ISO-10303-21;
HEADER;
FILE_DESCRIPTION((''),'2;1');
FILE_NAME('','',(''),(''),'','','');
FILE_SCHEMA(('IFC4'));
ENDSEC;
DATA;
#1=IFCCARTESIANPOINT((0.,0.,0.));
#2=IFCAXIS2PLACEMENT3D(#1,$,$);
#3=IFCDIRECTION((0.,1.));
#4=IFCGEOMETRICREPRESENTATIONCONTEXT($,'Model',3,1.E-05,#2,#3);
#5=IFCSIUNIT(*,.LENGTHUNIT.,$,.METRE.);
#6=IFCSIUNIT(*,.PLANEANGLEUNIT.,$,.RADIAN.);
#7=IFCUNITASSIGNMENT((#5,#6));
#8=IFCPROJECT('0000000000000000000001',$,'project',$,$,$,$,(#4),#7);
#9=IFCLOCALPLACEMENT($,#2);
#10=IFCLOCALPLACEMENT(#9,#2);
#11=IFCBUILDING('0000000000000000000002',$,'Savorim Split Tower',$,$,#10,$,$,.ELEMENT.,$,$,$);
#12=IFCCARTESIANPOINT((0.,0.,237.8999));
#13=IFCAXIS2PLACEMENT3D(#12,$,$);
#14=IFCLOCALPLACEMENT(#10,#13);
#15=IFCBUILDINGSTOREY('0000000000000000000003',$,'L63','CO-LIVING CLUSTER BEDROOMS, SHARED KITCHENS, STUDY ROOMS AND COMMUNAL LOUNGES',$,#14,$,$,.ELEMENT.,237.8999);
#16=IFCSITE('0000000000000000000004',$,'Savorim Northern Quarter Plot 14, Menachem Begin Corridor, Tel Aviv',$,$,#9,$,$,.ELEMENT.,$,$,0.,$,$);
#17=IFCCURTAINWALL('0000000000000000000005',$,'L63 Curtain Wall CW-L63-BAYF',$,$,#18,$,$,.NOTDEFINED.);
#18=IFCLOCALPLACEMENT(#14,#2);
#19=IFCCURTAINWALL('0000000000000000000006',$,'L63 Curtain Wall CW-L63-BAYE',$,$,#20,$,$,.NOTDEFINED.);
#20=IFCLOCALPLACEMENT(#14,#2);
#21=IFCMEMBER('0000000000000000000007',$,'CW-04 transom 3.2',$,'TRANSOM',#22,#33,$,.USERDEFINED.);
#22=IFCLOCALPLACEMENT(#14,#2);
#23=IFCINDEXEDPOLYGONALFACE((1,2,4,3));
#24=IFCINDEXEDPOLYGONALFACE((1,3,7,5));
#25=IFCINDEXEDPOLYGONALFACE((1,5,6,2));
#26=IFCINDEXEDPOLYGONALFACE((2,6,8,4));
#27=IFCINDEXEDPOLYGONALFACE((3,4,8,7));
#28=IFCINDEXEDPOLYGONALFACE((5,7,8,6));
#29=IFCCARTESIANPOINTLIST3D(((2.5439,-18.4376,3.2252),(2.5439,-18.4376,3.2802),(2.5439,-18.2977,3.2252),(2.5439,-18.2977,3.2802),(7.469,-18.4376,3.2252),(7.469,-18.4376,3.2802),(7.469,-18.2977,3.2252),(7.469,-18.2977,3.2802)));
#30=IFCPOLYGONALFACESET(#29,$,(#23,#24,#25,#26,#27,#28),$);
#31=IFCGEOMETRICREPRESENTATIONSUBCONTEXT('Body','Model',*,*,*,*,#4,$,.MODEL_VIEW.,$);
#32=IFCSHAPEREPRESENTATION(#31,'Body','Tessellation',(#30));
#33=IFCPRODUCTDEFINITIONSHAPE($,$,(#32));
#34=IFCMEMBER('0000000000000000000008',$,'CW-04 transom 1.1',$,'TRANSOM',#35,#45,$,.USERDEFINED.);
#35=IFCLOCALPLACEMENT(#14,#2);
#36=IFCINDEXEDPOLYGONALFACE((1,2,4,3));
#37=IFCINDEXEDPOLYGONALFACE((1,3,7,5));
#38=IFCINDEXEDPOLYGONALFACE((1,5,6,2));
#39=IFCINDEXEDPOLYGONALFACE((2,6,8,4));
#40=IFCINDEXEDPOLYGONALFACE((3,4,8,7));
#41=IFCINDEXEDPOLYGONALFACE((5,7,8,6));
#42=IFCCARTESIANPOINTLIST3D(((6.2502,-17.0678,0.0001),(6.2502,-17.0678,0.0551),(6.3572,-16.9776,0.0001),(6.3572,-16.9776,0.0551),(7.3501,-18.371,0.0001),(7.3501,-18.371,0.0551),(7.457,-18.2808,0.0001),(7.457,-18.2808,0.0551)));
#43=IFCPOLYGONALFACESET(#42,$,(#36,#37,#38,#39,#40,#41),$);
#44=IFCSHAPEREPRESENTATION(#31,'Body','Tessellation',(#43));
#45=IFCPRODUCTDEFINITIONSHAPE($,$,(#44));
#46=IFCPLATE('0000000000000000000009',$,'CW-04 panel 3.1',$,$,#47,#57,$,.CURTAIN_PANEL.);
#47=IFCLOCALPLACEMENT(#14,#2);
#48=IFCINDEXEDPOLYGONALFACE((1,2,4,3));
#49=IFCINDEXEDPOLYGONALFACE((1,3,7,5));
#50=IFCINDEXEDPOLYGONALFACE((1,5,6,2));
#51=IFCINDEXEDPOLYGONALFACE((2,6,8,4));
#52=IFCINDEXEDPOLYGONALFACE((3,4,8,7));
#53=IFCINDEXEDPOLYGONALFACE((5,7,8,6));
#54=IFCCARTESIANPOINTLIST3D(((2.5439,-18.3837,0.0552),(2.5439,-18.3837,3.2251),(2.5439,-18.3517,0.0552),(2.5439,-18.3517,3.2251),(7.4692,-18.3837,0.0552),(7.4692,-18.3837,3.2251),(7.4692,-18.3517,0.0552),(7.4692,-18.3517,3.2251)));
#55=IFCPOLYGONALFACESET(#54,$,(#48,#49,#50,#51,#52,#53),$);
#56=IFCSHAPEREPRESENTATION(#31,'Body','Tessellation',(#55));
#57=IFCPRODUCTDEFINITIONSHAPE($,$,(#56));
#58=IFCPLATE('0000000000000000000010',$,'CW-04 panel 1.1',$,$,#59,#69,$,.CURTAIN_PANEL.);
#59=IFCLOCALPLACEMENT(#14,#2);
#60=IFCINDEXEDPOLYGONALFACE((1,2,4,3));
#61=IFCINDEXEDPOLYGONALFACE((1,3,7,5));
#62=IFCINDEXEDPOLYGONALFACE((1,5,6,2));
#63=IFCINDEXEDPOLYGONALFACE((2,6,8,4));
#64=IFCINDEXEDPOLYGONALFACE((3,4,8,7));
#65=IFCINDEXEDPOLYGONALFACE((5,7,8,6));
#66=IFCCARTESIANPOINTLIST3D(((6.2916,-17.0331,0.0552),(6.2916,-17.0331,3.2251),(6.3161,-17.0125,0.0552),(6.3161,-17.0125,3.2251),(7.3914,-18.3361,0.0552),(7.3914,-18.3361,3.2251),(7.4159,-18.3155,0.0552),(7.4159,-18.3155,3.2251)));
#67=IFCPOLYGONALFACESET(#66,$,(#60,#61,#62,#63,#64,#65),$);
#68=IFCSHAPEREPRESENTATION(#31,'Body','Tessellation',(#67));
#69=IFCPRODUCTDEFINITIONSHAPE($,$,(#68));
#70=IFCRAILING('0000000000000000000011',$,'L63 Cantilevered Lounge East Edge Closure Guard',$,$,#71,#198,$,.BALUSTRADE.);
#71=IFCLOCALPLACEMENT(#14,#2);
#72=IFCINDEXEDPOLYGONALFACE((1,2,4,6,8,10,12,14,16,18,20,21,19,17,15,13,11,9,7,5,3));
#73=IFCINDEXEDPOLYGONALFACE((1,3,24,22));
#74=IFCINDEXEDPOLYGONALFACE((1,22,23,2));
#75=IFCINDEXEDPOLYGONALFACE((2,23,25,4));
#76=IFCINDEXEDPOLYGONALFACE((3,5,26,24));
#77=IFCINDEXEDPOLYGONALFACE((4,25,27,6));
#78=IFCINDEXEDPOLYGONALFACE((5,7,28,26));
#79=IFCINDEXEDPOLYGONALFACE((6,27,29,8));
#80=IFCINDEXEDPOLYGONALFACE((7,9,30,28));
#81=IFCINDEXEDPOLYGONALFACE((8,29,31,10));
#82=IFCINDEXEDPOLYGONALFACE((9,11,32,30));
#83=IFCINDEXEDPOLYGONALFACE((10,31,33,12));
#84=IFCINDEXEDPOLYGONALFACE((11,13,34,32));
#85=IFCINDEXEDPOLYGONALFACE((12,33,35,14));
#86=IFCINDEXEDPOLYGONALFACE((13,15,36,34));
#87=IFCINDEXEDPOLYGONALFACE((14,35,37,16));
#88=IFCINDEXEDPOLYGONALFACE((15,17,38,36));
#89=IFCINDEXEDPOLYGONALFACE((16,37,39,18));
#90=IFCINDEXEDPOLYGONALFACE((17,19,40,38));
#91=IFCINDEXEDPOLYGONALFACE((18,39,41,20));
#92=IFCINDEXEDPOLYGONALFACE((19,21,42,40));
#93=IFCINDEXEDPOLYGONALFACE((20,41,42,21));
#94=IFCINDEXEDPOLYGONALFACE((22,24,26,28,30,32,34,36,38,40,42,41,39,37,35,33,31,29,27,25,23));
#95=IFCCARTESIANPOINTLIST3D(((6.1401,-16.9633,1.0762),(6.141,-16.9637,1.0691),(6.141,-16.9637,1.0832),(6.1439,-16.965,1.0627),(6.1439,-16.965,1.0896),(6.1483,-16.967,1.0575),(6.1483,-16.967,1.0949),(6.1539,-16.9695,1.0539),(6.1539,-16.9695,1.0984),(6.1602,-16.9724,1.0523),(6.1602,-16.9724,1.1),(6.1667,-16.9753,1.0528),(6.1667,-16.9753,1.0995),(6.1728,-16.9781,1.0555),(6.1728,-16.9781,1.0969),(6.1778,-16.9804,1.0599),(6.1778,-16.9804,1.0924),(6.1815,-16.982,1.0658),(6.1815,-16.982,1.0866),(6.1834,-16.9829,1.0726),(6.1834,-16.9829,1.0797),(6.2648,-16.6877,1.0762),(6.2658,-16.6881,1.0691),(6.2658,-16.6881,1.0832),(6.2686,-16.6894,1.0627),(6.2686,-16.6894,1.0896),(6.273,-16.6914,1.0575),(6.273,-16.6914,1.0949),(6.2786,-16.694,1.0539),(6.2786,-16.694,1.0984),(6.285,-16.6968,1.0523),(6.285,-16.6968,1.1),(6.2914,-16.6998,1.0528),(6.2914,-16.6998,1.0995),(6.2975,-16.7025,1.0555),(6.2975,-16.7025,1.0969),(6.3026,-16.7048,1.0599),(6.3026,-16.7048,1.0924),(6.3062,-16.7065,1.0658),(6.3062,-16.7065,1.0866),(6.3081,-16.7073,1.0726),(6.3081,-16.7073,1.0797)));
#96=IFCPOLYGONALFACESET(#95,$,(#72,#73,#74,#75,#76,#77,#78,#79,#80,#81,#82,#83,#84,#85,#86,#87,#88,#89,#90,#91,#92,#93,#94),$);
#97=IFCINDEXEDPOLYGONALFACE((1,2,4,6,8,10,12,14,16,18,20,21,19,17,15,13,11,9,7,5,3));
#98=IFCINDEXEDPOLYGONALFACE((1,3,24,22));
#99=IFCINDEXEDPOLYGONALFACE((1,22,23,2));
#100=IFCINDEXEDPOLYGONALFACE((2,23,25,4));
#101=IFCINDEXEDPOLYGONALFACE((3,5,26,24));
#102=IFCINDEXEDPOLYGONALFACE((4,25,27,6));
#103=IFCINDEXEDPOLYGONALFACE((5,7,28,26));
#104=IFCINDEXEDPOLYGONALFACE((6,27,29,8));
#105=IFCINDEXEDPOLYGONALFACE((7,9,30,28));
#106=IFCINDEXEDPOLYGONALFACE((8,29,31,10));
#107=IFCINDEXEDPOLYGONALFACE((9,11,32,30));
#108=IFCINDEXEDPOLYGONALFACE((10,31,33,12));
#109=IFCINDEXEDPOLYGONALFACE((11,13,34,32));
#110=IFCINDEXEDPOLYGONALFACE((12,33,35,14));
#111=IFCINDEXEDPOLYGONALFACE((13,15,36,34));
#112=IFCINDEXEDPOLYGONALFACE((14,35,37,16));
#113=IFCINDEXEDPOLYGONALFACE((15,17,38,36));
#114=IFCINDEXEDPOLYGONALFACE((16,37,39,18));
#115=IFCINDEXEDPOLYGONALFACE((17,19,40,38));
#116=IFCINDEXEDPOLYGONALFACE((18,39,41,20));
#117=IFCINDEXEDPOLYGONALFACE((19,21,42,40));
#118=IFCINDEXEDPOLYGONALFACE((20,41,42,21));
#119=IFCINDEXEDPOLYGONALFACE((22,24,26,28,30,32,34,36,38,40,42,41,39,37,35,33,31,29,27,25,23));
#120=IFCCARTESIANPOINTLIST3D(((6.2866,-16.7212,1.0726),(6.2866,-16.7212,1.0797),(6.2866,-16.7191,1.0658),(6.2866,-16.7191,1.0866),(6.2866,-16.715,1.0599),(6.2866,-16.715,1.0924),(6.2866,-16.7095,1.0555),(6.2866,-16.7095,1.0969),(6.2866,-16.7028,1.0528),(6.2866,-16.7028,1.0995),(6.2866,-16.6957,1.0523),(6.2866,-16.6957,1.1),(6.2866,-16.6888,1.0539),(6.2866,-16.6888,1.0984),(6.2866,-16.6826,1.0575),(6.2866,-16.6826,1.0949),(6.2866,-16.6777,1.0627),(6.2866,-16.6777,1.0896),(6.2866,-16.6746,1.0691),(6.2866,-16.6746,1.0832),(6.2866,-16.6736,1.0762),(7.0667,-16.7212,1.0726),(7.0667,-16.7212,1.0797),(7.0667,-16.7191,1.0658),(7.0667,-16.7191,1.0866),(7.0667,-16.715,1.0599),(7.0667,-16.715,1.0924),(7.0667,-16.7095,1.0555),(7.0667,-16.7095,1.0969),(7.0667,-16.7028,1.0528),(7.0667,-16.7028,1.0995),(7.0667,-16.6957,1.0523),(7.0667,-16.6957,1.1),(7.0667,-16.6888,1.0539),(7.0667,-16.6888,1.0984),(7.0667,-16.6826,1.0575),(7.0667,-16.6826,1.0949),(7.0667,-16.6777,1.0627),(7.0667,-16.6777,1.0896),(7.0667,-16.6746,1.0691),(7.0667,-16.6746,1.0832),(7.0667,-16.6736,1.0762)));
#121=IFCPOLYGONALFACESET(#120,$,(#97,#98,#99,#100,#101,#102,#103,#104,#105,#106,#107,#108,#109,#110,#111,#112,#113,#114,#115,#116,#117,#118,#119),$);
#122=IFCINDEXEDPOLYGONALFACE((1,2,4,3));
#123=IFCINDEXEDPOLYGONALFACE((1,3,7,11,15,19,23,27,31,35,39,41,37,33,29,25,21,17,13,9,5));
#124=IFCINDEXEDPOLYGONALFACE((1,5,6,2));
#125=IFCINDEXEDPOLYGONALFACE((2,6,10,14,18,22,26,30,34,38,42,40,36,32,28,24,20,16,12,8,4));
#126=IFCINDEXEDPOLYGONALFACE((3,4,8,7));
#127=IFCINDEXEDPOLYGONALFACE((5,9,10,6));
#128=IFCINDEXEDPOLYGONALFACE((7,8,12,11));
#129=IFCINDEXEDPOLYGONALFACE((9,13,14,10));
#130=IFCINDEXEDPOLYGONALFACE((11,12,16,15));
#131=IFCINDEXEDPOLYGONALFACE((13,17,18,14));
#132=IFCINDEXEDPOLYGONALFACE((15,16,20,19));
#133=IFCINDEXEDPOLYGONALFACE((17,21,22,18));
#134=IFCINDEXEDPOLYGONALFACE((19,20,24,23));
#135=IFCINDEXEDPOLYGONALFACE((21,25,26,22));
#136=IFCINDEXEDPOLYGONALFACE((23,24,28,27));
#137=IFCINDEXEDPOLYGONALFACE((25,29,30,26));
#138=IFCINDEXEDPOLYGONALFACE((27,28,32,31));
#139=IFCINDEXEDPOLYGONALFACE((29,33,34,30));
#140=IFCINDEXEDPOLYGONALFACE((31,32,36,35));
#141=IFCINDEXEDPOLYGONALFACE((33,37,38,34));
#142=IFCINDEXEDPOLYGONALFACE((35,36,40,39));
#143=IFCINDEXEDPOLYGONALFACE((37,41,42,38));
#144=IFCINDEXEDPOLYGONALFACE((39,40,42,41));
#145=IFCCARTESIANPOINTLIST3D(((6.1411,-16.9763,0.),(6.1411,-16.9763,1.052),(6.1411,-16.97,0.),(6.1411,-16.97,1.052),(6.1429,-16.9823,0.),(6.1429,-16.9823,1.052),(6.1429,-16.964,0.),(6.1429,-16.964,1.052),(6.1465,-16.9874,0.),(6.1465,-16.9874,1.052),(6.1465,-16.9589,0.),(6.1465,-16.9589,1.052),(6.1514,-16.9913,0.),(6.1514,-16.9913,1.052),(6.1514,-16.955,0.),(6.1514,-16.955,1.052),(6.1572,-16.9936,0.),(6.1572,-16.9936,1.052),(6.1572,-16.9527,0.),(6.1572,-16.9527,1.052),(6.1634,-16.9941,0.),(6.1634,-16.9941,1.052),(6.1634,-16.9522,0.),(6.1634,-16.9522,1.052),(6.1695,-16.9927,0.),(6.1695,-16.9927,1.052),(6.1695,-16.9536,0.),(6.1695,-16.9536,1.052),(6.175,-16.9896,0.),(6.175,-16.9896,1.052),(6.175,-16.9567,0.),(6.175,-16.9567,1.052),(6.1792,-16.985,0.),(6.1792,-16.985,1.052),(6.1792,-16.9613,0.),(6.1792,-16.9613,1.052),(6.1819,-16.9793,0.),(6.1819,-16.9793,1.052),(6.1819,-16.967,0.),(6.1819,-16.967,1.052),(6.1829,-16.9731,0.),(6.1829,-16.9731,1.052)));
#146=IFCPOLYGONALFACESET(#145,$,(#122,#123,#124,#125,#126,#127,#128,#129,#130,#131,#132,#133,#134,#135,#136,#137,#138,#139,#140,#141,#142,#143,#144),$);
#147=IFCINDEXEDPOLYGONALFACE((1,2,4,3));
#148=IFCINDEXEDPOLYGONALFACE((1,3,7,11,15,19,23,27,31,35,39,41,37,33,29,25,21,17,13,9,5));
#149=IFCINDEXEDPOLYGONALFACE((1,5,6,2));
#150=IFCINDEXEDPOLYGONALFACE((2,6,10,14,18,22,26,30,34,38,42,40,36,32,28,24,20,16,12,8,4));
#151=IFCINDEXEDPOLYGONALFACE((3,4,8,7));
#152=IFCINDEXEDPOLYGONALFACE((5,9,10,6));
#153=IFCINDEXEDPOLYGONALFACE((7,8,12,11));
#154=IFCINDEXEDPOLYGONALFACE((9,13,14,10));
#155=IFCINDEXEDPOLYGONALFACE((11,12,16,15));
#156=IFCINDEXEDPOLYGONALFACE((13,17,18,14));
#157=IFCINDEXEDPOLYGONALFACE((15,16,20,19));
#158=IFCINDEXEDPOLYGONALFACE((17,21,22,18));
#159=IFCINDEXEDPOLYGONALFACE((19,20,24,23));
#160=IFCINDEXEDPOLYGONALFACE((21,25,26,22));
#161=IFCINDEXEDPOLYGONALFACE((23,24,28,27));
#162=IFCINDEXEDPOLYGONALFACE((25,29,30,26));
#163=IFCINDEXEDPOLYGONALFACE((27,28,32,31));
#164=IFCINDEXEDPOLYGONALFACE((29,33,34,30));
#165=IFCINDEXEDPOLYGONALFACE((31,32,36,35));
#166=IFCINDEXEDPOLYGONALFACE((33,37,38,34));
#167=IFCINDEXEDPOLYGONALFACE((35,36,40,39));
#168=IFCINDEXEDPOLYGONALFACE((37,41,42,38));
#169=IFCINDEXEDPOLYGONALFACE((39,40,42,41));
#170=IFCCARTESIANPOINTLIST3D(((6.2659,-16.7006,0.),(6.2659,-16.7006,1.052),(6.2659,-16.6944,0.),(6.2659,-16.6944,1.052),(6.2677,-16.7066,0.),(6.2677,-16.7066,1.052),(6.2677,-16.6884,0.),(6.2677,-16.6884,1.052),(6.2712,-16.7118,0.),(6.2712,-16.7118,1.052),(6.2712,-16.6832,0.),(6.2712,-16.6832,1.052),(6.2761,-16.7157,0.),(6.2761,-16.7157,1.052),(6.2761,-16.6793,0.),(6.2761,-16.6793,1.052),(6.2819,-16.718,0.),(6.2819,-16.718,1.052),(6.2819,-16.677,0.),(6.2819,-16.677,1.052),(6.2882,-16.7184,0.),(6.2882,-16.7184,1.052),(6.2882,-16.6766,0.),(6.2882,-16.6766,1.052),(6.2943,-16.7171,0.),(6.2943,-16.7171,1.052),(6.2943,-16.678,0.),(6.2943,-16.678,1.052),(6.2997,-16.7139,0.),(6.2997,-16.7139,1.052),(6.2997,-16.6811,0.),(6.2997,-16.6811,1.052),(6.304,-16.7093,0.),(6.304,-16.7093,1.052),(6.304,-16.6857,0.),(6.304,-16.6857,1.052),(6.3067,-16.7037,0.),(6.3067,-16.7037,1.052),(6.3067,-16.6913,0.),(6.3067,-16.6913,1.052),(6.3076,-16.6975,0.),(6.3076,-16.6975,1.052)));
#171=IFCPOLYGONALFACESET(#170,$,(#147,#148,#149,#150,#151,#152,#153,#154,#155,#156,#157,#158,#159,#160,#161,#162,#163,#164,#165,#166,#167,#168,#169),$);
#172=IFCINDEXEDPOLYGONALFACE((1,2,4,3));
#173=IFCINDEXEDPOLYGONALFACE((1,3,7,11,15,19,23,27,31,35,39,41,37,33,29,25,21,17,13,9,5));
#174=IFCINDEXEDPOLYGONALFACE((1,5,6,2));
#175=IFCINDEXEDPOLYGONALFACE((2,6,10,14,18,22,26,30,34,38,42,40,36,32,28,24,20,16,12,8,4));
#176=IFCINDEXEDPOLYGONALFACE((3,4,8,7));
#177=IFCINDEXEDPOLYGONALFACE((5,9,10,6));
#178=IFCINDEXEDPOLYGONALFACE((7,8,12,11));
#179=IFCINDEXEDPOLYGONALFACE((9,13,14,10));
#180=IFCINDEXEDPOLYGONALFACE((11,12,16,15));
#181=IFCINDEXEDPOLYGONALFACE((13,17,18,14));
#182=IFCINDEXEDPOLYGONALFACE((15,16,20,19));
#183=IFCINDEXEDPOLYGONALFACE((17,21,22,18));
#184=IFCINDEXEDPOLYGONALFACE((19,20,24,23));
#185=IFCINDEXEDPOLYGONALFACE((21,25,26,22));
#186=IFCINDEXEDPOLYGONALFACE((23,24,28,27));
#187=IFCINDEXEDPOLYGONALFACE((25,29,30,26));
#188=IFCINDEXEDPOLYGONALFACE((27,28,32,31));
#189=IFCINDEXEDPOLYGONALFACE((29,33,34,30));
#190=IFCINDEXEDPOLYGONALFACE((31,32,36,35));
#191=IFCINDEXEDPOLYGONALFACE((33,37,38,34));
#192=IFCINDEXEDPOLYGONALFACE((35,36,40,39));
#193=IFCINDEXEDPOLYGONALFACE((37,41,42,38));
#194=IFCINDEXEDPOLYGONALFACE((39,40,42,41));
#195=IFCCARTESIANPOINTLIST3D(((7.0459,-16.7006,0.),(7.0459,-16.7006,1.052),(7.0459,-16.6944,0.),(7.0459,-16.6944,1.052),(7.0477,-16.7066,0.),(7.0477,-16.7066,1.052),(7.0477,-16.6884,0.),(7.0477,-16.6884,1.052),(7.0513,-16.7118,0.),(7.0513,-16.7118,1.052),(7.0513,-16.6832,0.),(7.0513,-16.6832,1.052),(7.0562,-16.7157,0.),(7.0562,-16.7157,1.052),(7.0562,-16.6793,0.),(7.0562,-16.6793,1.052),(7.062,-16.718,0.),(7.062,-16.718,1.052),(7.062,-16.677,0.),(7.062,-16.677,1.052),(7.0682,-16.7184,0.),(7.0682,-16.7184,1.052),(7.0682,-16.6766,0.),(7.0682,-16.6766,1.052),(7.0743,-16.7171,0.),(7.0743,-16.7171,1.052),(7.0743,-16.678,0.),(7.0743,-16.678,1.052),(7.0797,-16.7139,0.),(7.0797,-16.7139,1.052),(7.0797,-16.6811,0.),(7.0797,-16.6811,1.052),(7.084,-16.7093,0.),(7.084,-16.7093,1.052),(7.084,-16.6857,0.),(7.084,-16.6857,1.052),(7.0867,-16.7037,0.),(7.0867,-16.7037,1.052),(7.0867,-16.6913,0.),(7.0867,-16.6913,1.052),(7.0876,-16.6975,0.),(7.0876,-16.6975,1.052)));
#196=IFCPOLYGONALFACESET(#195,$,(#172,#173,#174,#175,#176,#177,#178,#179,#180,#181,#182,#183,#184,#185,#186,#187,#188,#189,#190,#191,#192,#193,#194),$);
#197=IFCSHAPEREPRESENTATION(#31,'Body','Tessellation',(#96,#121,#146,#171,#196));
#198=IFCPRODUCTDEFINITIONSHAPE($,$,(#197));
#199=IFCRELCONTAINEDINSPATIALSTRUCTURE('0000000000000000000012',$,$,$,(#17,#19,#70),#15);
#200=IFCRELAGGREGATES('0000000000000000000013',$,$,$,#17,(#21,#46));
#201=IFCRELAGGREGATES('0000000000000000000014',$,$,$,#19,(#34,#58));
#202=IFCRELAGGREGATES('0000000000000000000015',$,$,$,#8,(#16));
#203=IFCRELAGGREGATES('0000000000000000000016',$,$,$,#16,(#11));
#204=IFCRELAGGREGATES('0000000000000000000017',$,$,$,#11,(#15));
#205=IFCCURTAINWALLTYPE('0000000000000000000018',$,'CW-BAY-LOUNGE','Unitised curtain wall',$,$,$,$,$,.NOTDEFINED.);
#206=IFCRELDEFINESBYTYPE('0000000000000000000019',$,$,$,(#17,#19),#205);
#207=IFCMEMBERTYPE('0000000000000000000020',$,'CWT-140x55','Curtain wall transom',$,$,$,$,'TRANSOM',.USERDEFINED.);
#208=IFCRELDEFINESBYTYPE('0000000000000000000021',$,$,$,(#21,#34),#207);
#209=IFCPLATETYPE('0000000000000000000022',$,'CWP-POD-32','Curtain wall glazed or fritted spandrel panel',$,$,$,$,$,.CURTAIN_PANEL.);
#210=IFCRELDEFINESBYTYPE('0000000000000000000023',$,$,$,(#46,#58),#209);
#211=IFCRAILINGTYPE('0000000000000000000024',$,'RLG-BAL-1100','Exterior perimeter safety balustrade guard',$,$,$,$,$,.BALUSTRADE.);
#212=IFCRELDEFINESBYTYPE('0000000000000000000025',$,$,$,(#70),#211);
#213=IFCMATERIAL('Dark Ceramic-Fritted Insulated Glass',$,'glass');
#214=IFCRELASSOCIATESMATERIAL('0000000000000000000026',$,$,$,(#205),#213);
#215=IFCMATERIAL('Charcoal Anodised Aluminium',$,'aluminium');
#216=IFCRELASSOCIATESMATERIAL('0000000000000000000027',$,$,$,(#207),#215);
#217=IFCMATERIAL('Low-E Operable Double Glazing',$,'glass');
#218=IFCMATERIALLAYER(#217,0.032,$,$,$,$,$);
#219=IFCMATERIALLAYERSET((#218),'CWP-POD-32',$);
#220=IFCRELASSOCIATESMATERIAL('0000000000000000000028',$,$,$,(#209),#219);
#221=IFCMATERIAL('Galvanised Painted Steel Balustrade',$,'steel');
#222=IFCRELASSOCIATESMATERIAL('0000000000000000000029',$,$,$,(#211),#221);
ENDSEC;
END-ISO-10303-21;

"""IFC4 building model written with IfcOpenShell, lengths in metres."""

from ifc_helpers import new_model, si_unit, direction, frame, origin, origin_2d, place, context, subcontext, project, spatial, rectangle, circle, extrude, material, layer, layer_set, material_profile, profile_set, type_object, element, aggregate, save


model = new_model("IFC4")

# Units and contexts
model_context = context("Model", 3, precision=1e-05, world=origin(), true_north=direction((0.0, 1.0)))
body_context = subcontext(model_context, "Body", "Model", "MODEL_VIEW")
ifc_project = project(units=[si_unit("LENGTHUNIT", "METRE"), si_unit("PLANEANGLEUNIT", "RADIAN")], contexts=[model_context])

# Site, building, storey
site_placement = place(None, origin())
site = spatial("IfcSite", under=ifc_project, at=site_placement, Name="Savorim Northern Quarter Plot 14, Menachem Begin Corridor, Tel Aviv", CompositionType="ELEMENT", RefElevation=0.0)
building_placement = place(site_placement, origin())
building = spatial("IfcBuilding", under=site, at=building_placement, Name="Savorim Split Tower", CompositionType="ELEMENT")
storey_placement = place(building_placement, frame((0.0, 0.0, 237.8999)))
storey = spatial("IfcBuildingStorey", under=building, at=storey_placement, Name="L63", Description="CO-LIVING CLUSTER BEDROOMS, SHARED KITCHENS, STUDY ROOMS AND COMMUNAL LOUNGES", CompositionType="ELEMENT", Elevation=237.8999)

# Curtain walls
ifc_material_1 = material(Name="Dark Ceramic-Fritted Insulated Glass", Category="glass")
ifc_material_2 = material(Name="Charcoal Anodised Aluminium", Category="aluminium")
curtain_wall_type_1 = type_object("IfcCurtainWallType", Name="CW-BAY-LOUNGE", Description="Unitised curtain wall", PredefinedType="NOTDEFINED", material=ifc_material_1)
curtain_wall_1_placement = place(storey_placement, origin())
curtain_wall_1 = element("IfcCurtainWall", 1, at=curtain_wall_1_placement, inside=storey, type_object=curtain_wall_type_1, Name="L63 Curtain Wall CW-L63-BAYF", PredefinedType="NOTDEFINED")
curtain_wall_2_placement = place(storey_placement, origin())
curtain_wall_2 = element("IfcCurtainWall", 2, at=curtain_wall_2_placement, inside=storey, type_object=curtain_wall_type_1, Name="L63 Curtain Wall CW-L63-BAYE", PredefinedType="NOTDEFINED")

# Members
ifc_material_profile_1 = material_profile(ifc_material_2, rectangle(XDim=0.1399, YDim=0.0549, at=origin_2d()), Name="ALU-T 140x55")
ifc_profile_set_1 = profile_set([ifc_material_profile_1], Name="Charcoal Anodised Aluminium")
member_type_1 = type_object("IfcMemberType", Name="CWT-140x55", Description="Curtain wall transom", ElementType="TRANSOM", PredefinedType="USERDEFINED", material=ifc_profile_set_1)
member_1_placement = place(storey_placement, frame((2.5439, -18.3677, 3.2527), z_axis=(1.0, 0.0, 0.0), x_axis=(0.0, 1.0, 0.0)))
member_1 = element("IfcMember", 3, at=member_1_placement, type_object=member_type_1, Name="CW-04 transom 3.2", ObjectType="TRANSOM", PredefinedType="USERDEFINED", context=body_context, shape_type="SweptSolid", body=[
    extrude(rectangle(XDim=0.1399, YDim=0.0549, at=origin_2d()), origin(), (0.0, 0.0, 1.0), 4.925),
])
member_2_placement = place(storey_placement, frame((7.4036, -18.3259, 0.0276), z_axis=(-0.64496, 0.764217, 0.0), x_axis=(-0.764217, -0.64496, 0.0)))
member_2 = element("IfcMember", 4, at=member_2_placement, type_object=member_type_1, Name="CW-04 transom 1.1", ObjectType="TRANSOM", PredefinedType="USERDEFINED", context=body_context, shape_type="SweptSolid", body=[
    extrude(rectangle(XDim=0.1399, YDim=0.0549, at=origin_2d()), origin(), (0.0, 0.0, 1.0), 1.7053),
])

# Plates
ifc_material_3 = material(Name="Low-E Operable Double Glazing", Category="glass")
ifc_layer = layer(ifc_material_3, 0.032)
ifc_layer_set = layer_set([ifc_layer], Name="CWP-POD-32")
plate_type = type_object("IfcPlateType", Name="CWP-POD-32", Description="Curtain wall glazed or fritted spandrel panel", PredefinedType="CURTAIN_PANEL", material=ifc_layer_set)
plate_1_placement = place(storey_placement, frame((5.0066, -18.3677, 0.0552), z_axis=(0.0, 0.0, 1.0), x_axis=(1.0, 0.0, 0.0)))
plate_1 = element("IfcPlate", 5, at=plate_1_placement, type_object=plate_type, Name="CW-04 panel 3.1", PredefinedType="CURTAIN_PANEL", context=body_context, shape_type="SweptSolid", body=[
    extrude(rectangle(XDim=4.9253, YDim=0.032, at=origin_2d()), origin(), (0.0, 0.0, 1.0), 3.1699),
])
aggregate(curtain_wall_1, [member_1, plate_1])
plate_2_placement = place(storey_placement, frame((6.8538, -17.6743, 0.0552), z_axis=(0.0, 0.0, 1.0), x_axis=(-0.645006, 0.764177, 0.0)))
plate_2 = element("IfcPlate", 6, at=plate_2_placement, type_object=plate_type, Name="CW-04 panel 1.1", PredefinedType="CURTAIN_PANEL", context=body_context, shape_type="SweptSolid", body=[
    extrude(rectangle(XDim=1.7051, YDim=0.032, at=origin_2d()), origin(), (0.0, 0.0, 1.0), 3.1699),
])
aggregate(curtain_wall_2, [member_2, plate_2])

# Railing
ifc_material_4 = material(Name="Galvanised Painted Steel Balustrade", Category="steel")
railing_type = type_object("IfcRailingType", Name="RLG-BAL-1100", Description="Exterior perimeter safety balustrade guard", PredefinedType="BALUSTRADE", material=ifc_material_4)
railing_placement = place(storey_placement, frame((6.1619, -16.9731, 0.0)))
element("IfcRailing", 7, at=railing_placement, inside=storey, type_object=railing_type, Name="L63 Cantilevered Lounge East Edge Closure Guard", PredefinedType="BALUSTRADE", context=body_context, shape_type="SweptSolid", body=[
    extrude(circle(Radius=0.0239, at=origin_2d()), frame((0.0, 0.0, 1.0762), z_axis=(0.412343, 0.911029, 0.0), x_axis=(-0.911029, 0.412343, 0.0)), (0.0, 0.0, 1.0), 0.3025),
    extrude(circle(Radius=0.0239, at=origin_2d()), frame((0.1248, 0.2756, 1.0762), z_axis=(1.0, 0.0, 0.0), x_axis=(0.0, 1.0, 0.0)), (0.0, 0.0, 1.0), 0.78),
    extrude(circle(Radius=0.021, at=origin_2d()), origin(), (0.0, 0.0, 1.0), 1.052),
    extrude(circle(Radius=0.021, at=origin_2d()), frame((0.1248, 0.2756, 0.0)), (0.0, 0.0, 1.0), 1.052),
    extrude(circle(Radius=0.021, at=origin_2d()), frame((0.9048, 0.2756, 0.0)), (0.0, 0.0, 1.0), 1.052),
])

save(model, "model.ifc")
